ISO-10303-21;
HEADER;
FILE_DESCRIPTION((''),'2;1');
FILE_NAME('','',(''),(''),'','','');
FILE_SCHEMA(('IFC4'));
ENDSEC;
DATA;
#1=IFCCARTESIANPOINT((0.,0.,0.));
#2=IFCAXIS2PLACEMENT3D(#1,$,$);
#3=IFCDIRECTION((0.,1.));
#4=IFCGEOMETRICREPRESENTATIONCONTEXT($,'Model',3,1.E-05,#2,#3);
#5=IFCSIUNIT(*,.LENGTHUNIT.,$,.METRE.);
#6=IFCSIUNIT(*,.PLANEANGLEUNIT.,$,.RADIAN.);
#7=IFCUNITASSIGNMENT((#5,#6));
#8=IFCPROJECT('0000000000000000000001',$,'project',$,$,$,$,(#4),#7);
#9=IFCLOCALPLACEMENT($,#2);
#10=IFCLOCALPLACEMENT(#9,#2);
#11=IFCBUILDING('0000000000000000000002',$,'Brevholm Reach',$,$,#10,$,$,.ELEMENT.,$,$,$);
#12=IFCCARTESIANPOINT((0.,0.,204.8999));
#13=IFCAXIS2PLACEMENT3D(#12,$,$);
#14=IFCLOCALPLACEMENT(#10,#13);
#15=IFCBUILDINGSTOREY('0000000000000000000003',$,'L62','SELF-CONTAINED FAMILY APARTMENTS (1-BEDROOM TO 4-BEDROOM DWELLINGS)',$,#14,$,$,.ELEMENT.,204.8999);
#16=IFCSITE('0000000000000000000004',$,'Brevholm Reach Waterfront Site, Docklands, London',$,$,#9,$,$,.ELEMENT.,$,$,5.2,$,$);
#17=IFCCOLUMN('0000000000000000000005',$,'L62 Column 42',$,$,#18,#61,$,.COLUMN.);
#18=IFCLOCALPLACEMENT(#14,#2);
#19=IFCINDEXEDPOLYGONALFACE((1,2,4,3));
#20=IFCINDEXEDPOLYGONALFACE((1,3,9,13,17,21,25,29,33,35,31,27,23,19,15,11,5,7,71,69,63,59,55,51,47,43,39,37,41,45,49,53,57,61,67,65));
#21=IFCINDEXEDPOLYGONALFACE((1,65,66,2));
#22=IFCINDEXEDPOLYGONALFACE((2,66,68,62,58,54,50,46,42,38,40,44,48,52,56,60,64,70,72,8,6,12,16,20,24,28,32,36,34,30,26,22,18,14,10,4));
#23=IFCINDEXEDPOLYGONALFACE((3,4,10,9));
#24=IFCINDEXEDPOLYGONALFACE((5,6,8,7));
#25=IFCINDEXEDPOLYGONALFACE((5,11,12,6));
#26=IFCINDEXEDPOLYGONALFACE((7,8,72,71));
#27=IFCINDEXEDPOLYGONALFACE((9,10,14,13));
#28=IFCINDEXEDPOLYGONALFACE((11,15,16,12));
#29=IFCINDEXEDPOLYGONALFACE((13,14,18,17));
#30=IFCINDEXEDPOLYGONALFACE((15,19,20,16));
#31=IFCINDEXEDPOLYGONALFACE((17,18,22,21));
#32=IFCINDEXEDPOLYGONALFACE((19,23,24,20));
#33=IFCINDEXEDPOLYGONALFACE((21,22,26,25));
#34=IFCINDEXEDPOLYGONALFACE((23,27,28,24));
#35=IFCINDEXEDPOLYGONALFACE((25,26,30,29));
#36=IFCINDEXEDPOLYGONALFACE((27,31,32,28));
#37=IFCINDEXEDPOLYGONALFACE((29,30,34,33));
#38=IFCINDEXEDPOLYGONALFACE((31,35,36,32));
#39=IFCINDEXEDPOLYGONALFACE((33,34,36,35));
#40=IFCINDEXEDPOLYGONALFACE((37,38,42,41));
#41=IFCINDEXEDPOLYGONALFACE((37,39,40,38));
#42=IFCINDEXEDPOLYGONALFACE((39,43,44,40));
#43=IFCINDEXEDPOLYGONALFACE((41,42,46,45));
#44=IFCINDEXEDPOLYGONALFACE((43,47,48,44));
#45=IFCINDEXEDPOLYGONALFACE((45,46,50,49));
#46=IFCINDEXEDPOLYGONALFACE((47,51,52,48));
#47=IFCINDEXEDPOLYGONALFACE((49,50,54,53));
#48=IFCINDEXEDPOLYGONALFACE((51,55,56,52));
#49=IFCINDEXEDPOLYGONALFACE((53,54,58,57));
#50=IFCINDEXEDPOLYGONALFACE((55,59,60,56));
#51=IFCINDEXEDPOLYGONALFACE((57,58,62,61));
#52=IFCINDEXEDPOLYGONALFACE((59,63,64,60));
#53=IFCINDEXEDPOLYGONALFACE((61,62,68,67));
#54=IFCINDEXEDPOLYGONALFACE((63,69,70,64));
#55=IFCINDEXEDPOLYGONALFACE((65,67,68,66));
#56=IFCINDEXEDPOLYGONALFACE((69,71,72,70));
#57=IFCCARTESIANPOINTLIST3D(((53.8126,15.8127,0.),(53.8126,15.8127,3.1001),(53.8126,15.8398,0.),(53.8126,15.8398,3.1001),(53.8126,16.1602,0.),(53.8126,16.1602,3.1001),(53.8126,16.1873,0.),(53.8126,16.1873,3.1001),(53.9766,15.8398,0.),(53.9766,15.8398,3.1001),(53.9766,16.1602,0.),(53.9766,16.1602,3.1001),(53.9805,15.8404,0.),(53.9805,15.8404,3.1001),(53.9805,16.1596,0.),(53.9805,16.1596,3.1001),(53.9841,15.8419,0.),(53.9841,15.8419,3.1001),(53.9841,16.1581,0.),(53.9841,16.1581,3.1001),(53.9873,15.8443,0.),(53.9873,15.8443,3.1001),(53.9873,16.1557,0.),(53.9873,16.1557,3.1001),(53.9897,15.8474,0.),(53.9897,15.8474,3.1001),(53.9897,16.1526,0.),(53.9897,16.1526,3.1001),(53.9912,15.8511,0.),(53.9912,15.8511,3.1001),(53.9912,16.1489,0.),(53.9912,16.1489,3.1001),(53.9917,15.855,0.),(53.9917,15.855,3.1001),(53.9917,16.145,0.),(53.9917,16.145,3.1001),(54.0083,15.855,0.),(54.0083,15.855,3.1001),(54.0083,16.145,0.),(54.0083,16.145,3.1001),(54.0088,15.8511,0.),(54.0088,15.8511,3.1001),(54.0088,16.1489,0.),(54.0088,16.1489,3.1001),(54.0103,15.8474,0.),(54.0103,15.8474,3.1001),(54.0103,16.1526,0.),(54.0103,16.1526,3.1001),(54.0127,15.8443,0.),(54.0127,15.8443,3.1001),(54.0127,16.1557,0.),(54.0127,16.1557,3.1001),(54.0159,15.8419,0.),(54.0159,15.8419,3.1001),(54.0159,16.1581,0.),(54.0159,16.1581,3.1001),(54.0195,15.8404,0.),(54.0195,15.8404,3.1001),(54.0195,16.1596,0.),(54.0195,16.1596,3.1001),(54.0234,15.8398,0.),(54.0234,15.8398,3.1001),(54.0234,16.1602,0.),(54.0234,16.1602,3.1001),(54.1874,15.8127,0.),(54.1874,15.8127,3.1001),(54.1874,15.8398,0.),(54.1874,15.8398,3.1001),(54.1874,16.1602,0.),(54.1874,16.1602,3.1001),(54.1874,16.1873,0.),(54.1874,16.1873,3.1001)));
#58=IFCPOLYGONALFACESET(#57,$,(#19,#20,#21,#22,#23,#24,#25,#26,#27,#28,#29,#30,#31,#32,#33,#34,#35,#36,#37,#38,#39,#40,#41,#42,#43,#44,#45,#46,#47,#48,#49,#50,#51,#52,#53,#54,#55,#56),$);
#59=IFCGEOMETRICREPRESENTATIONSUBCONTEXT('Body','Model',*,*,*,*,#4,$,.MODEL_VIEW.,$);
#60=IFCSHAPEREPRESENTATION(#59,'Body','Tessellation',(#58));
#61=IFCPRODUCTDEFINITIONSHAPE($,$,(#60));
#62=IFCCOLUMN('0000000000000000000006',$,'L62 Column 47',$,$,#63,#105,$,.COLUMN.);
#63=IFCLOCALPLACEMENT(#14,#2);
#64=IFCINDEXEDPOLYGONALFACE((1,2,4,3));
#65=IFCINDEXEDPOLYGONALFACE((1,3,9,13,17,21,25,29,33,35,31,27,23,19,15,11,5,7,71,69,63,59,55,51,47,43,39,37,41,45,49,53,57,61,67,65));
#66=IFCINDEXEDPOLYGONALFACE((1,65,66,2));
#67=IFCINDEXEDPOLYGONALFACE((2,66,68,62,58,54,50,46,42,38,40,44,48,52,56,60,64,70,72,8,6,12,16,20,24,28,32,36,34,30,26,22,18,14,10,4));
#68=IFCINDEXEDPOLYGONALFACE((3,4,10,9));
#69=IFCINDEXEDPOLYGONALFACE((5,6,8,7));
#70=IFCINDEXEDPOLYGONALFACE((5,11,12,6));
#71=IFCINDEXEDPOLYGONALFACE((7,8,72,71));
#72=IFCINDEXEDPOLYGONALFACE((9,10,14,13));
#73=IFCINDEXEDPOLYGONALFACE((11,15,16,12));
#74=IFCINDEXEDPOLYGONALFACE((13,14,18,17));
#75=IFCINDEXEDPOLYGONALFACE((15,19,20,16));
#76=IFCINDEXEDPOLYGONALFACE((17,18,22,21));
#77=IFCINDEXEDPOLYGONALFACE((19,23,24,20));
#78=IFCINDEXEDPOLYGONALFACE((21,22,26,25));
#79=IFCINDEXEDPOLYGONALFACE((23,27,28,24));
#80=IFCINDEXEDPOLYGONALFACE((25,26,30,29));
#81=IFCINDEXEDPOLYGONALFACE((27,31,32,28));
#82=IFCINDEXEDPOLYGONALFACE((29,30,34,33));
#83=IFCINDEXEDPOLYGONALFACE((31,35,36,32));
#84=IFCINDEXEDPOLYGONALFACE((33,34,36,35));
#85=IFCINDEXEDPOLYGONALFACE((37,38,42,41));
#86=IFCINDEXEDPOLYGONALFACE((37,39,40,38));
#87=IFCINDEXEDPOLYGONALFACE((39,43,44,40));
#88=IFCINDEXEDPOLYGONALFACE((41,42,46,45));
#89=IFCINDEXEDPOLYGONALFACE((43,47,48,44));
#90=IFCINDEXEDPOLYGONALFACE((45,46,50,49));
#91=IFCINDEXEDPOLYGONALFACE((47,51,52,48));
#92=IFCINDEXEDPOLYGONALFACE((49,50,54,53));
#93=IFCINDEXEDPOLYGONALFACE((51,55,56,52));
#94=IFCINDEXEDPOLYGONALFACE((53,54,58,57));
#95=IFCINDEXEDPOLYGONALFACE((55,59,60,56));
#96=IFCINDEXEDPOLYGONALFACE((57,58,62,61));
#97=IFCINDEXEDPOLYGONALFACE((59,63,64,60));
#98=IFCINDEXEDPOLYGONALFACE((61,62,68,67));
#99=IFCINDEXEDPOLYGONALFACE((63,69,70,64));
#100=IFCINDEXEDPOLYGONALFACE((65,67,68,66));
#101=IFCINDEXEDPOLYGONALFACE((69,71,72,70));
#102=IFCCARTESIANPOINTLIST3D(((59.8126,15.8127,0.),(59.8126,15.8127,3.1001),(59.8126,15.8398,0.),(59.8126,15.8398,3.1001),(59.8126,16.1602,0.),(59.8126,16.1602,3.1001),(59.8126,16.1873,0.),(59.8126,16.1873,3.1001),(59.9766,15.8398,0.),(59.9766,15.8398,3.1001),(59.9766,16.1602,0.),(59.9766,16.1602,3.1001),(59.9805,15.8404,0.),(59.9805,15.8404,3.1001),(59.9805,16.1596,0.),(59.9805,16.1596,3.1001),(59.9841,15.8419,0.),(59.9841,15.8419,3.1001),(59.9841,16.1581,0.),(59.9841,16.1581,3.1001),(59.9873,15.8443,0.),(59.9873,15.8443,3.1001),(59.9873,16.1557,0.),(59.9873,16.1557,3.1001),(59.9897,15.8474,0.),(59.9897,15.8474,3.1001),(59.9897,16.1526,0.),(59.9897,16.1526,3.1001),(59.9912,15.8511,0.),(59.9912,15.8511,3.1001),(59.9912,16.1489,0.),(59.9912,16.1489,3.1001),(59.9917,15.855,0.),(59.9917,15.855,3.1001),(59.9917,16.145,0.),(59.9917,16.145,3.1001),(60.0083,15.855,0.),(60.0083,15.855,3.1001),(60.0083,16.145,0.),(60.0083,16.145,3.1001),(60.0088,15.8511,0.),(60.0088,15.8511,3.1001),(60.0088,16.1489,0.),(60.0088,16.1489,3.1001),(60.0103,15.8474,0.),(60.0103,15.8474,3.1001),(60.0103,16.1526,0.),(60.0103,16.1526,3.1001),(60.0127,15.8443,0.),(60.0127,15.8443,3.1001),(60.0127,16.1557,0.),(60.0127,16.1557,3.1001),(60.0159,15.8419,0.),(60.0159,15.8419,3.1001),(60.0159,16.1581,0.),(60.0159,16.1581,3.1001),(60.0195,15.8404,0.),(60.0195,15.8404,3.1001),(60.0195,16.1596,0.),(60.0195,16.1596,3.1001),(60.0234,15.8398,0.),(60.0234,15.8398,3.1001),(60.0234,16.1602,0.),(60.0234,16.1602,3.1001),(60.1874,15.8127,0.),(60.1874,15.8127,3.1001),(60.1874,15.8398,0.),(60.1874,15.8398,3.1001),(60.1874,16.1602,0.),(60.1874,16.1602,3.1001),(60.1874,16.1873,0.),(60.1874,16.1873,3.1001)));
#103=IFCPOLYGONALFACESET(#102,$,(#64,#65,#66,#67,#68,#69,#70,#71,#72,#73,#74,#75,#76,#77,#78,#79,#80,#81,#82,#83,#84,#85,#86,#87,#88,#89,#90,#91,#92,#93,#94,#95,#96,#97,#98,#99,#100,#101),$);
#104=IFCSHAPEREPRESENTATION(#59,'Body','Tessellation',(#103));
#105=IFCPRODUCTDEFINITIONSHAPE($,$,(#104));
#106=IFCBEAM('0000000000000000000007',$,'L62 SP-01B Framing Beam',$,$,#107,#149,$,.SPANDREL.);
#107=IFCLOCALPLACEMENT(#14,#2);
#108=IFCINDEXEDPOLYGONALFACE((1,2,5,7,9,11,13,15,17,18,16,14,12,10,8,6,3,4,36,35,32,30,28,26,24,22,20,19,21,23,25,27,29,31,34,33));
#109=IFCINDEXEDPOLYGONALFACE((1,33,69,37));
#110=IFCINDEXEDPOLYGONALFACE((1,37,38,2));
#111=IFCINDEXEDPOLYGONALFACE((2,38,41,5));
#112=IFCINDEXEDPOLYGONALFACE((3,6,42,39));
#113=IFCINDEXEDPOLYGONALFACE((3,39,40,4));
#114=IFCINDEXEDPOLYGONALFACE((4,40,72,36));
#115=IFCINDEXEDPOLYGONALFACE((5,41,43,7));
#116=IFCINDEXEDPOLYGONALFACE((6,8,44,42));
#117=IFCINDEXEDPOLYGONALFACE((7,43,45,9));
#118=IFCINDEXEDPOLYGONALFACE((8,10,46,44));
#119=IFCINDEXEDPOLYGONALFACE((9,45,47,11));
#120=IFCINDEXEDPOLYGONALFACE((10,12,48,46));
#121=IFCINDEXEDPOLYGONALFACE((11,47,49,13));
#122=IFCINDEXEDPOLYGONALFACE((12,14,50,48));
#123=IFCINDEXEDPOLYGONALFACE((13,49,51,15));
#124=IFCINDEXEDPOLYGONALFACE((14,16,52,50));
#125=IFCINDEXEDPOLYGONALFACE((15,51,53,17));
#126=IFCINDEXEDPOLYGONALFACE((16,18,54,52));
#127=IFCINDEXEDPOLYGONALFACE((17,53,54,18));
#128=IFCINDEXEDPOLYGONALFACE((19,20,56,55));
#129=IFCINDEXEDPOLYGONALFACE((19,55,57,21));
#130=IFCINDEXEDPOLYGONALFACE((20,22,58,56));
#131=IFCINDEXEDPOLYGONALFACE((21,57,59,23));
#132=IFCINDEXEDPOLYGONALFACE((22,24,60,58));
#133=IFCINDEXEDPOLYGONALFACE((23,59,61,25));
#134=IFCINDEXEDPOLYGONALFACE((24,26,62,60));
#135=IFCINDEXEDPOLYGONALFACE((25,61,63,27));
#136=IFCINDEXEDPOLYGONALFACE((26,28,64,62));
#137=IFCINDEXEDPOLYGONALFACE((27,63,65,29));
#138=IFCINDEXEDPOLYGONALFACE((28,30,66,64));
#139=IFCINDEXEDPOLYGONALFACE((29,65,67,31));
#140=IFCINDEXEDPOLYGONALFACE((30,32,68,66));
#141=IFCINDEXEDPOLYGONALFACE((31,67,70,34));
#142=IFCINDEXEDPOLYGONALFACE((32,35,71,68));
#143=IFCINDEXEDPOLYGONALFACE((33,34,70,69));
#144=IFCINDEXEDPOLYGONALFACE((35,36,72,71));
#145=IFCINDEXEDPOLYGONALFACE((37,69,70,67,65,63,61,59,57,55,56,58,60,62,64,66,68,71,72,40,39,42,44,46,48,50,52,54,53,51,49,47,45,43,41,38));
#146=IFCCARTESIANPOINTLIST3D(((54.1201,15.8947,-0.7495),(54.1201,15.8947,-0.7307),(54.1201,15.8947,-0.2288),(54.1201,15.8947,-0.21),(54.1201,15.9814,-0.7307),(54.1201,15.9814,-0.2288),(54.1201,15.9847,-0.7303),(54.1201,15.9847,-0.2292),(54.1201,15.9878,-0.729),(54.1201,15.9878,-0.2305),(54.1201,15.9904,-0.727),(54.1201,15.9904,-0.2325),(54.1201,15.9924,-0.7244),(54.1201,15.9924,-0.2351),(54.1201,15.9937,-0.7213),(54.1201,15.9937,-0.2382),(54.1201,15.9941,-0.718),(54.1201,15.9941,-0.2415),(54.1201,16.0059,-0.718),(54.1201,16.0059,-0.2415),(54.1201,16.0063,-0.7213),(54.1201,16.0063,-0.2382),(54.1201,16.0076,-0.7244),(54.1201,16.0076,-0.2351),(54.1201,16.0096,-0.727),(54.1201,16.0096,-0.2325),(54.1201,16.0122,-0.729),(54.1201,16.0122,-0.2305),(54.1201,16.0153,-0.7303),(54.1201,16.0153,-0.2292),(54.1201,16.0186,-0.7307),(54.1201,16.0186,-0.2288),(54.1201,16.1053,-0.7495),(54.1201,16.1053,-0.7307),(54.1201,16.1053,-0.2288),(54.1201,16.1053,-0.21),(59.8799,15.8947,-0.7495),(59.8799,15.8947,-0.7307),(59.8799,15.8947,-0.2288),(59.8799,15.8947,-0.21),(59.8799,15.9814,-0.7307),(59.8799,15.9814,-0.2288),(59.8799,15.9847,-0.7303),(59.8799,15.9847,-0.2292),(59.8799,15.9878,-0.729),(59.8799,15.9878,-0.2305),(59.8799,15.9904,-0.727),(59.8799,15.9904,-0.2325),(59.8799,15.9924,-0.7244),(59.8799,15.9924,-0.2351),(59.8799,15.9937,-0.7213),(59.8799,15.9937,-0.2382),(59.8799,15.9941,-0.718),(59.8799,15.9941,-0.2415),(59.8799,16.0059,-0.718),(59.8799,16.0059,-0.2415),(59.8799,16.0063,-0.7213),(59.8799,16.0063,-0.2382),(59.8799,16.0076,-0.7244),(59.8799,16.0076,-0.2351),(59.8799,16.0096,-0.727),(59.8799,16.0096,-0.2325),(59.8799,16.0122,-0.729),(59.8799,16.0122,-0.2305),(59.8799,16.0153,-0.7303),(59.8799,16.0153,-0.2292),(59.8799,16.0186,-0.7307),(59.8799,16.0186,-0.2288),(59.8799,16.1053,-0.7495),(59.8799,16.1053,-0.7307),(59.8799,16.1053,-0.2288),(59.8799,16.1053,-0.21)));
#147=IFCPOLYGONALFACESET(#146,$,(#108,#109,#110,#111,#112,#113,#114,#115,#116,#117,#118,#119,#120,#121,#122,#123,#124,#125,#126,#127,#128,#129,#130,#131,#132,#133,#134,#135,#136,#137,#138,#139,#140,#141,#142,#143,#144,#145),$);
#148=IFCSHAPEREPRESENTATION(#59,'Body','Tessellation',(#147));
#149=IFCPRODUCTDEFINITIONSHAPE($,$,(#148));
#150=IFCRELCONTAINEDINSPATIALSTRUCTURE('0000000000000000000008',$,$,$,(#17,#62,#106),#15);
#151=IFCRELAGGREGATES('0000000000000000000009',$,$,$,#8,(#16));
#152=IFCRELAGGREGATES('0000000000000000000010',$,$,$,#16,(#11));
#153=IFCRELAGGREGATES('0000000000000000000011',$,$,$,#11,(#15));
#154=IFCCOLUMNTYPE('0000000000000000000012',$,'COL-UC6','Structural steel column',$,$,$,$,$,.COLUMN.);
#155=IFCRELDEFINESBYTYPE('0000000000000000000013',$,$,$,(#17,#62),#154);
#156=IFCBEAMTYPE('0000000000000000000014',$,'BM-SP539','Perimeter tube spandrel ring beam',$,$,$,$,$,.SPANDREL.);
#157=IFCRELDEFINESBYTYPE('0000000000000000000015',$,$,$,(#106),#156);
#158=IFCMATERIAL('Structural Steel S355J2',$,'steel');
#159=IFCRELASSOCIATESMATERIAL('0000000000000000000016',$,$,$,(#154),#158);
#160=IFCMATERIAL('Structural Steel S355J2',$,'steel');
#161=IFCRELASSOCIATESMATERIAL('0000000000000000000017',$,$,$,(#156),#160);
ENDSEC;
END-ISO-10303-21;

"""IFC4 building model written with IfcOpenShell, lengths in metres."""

from ifc_helpers import new_model, si_unit, direction, frame, origin, origin_2d, place, context, subcontext, project, spatial, i_section, extrude, material, material_profile, profile_set, type_object, element, save


model = new_model("IFC4")

# Units and contexts
model_context = context("Model", 3, precision=1e-05, world=origin(), true_north=direction((0.0, 1.0)))
body_context = subcontext(model_context, "Body", "Model", "MODEL_VIEW")
ifc_project = project(units=[si_unit("LENGTHUNIT", "METRE"), si_unit("PLANEANGLEUNIT", "RADIAN")], contexts=[model_context])

# Site, building, storey
site_placement = place(None, origin())
site = spatial("IfcSite", under=ifc_project, at=site_placement, Name="Brevholm Reach Waterfront Site, Docklands, London", CompositionType="ELEMENT", RefElevation=5.2)
building_placement = place(site_placement, origin())
building = spatial("IfcBuilding", under=site, at=building_placement, Name="Brevholm Reach", CompositionType="ELEMENT")
storey_placement = place(building_placement, frame((0.0, 0.0, 204.8999)))
storey = spatial("IfcBuildingStorey", under=building, at=storey_placement, Name="L62", Description="SELF-CONTAINED FAMILY APARTMENTS (1-BEDROOM TO 4-BEDROOM DWELLINGS)", CompositionType="ELEMENT", Elevation=204.8999)

# Columns
ifc_material_1 = material(Name="Structural Steel S355J2", Category="steel")
ifc_material_profile_1 = material_profile(ifc_material_1, i_section(OverallWidth=0.3748, OverallDepth=0.3745, WebThickness=0.0166, FlangeThickness=0.0271, FilletRadius=0.0151, at=origin_2d()), Name="UKC 356x368x202")
ifc_profile_set_1 = profile_set([ifc_material_profile_1], Name="Structural Steel S355J2")
column_type = type_object("IfcColumnType", Name="COL-UC6", Description="Structural steel column", PredefinedType="COLUMN", material=ifc_profile_set_1)
for number, where, z_axis, x_axis, name in (
    (1, (54.0, 16.0, 0.0), (0.0, 0.0, 1.0), (1.0, 0.0, 0.0), "L62 Column 42"),
    (2, (60.0, 16.0, 0.0), (0.0, 0.0, 1.0), (1.0, 0.0, 0.0), "L62 Column 47"),
):
    element("IfcColumn", number, at=place(storey_placement, frame(where, z_axis=z_axis, x_axis=x_axis)), inside=storey, type_object=column_type, Name=name, PredefinedType="COLUMN", context=body_context, shape_type="SweptSolid", body=[
        extrude(i_section(OverallWidth=0.3748, OverallDepth=0.3745, WebThickness=0.0166, FlangeThickness=0.0271, FilletRadius=0.0151, at=origin_2d()), origin(), (0.0, 0.0, 1.0), 3.1001),
    ])

# Beam
ifc_material_2 = material(Name="Structural Steel S355J2", Category="steel")
ifc_material_profile_2 = material_profile(ifc_material_2, i_section(OverallWidth=0.2107, OverallDepth=0.5396, WebThickness=0.0117, FlangeThickness=0.0188, FilletRadius=0.0127, at=origin_2d()), Name="UKB 533x210x109")
ifc_profile_set_2 = profile_set([ifc_material_profile_2], Name="Structural Steel S355J2")
beam_type = type_object("IfcBeamType", Name="BM-SP539", Description="Perimeter tube spandrel ring beam", PredefinedType="SPANDREL", material=ifc_profile_set_2)
beam_placement = place(storey_placement, frame((54.1201, 16.0, -0.4797), z_axis=(1.0, 0.0, 0.0), x_axis=(0.0, 1.0, 0.0)))
element("IfcBeam", 3, at=beam_placement, inside=storey, type_object=beam_type, Name="L62 SP-01B Framing Beam", PredefinedType="SPANDREL", context=body_context, shape_type="SweptSolid", body=[
    extrude(i_section(OverallWidth=0.2107, OverallDepth=0.5396, WebThickness=0.0117, FlangeThickness=0.0188, FilletRadius=0.0127, at=origin_2d()), origin(), (0.0, 0.0, 1.0), 5.7598),
])

save(model, "model.ifc")
